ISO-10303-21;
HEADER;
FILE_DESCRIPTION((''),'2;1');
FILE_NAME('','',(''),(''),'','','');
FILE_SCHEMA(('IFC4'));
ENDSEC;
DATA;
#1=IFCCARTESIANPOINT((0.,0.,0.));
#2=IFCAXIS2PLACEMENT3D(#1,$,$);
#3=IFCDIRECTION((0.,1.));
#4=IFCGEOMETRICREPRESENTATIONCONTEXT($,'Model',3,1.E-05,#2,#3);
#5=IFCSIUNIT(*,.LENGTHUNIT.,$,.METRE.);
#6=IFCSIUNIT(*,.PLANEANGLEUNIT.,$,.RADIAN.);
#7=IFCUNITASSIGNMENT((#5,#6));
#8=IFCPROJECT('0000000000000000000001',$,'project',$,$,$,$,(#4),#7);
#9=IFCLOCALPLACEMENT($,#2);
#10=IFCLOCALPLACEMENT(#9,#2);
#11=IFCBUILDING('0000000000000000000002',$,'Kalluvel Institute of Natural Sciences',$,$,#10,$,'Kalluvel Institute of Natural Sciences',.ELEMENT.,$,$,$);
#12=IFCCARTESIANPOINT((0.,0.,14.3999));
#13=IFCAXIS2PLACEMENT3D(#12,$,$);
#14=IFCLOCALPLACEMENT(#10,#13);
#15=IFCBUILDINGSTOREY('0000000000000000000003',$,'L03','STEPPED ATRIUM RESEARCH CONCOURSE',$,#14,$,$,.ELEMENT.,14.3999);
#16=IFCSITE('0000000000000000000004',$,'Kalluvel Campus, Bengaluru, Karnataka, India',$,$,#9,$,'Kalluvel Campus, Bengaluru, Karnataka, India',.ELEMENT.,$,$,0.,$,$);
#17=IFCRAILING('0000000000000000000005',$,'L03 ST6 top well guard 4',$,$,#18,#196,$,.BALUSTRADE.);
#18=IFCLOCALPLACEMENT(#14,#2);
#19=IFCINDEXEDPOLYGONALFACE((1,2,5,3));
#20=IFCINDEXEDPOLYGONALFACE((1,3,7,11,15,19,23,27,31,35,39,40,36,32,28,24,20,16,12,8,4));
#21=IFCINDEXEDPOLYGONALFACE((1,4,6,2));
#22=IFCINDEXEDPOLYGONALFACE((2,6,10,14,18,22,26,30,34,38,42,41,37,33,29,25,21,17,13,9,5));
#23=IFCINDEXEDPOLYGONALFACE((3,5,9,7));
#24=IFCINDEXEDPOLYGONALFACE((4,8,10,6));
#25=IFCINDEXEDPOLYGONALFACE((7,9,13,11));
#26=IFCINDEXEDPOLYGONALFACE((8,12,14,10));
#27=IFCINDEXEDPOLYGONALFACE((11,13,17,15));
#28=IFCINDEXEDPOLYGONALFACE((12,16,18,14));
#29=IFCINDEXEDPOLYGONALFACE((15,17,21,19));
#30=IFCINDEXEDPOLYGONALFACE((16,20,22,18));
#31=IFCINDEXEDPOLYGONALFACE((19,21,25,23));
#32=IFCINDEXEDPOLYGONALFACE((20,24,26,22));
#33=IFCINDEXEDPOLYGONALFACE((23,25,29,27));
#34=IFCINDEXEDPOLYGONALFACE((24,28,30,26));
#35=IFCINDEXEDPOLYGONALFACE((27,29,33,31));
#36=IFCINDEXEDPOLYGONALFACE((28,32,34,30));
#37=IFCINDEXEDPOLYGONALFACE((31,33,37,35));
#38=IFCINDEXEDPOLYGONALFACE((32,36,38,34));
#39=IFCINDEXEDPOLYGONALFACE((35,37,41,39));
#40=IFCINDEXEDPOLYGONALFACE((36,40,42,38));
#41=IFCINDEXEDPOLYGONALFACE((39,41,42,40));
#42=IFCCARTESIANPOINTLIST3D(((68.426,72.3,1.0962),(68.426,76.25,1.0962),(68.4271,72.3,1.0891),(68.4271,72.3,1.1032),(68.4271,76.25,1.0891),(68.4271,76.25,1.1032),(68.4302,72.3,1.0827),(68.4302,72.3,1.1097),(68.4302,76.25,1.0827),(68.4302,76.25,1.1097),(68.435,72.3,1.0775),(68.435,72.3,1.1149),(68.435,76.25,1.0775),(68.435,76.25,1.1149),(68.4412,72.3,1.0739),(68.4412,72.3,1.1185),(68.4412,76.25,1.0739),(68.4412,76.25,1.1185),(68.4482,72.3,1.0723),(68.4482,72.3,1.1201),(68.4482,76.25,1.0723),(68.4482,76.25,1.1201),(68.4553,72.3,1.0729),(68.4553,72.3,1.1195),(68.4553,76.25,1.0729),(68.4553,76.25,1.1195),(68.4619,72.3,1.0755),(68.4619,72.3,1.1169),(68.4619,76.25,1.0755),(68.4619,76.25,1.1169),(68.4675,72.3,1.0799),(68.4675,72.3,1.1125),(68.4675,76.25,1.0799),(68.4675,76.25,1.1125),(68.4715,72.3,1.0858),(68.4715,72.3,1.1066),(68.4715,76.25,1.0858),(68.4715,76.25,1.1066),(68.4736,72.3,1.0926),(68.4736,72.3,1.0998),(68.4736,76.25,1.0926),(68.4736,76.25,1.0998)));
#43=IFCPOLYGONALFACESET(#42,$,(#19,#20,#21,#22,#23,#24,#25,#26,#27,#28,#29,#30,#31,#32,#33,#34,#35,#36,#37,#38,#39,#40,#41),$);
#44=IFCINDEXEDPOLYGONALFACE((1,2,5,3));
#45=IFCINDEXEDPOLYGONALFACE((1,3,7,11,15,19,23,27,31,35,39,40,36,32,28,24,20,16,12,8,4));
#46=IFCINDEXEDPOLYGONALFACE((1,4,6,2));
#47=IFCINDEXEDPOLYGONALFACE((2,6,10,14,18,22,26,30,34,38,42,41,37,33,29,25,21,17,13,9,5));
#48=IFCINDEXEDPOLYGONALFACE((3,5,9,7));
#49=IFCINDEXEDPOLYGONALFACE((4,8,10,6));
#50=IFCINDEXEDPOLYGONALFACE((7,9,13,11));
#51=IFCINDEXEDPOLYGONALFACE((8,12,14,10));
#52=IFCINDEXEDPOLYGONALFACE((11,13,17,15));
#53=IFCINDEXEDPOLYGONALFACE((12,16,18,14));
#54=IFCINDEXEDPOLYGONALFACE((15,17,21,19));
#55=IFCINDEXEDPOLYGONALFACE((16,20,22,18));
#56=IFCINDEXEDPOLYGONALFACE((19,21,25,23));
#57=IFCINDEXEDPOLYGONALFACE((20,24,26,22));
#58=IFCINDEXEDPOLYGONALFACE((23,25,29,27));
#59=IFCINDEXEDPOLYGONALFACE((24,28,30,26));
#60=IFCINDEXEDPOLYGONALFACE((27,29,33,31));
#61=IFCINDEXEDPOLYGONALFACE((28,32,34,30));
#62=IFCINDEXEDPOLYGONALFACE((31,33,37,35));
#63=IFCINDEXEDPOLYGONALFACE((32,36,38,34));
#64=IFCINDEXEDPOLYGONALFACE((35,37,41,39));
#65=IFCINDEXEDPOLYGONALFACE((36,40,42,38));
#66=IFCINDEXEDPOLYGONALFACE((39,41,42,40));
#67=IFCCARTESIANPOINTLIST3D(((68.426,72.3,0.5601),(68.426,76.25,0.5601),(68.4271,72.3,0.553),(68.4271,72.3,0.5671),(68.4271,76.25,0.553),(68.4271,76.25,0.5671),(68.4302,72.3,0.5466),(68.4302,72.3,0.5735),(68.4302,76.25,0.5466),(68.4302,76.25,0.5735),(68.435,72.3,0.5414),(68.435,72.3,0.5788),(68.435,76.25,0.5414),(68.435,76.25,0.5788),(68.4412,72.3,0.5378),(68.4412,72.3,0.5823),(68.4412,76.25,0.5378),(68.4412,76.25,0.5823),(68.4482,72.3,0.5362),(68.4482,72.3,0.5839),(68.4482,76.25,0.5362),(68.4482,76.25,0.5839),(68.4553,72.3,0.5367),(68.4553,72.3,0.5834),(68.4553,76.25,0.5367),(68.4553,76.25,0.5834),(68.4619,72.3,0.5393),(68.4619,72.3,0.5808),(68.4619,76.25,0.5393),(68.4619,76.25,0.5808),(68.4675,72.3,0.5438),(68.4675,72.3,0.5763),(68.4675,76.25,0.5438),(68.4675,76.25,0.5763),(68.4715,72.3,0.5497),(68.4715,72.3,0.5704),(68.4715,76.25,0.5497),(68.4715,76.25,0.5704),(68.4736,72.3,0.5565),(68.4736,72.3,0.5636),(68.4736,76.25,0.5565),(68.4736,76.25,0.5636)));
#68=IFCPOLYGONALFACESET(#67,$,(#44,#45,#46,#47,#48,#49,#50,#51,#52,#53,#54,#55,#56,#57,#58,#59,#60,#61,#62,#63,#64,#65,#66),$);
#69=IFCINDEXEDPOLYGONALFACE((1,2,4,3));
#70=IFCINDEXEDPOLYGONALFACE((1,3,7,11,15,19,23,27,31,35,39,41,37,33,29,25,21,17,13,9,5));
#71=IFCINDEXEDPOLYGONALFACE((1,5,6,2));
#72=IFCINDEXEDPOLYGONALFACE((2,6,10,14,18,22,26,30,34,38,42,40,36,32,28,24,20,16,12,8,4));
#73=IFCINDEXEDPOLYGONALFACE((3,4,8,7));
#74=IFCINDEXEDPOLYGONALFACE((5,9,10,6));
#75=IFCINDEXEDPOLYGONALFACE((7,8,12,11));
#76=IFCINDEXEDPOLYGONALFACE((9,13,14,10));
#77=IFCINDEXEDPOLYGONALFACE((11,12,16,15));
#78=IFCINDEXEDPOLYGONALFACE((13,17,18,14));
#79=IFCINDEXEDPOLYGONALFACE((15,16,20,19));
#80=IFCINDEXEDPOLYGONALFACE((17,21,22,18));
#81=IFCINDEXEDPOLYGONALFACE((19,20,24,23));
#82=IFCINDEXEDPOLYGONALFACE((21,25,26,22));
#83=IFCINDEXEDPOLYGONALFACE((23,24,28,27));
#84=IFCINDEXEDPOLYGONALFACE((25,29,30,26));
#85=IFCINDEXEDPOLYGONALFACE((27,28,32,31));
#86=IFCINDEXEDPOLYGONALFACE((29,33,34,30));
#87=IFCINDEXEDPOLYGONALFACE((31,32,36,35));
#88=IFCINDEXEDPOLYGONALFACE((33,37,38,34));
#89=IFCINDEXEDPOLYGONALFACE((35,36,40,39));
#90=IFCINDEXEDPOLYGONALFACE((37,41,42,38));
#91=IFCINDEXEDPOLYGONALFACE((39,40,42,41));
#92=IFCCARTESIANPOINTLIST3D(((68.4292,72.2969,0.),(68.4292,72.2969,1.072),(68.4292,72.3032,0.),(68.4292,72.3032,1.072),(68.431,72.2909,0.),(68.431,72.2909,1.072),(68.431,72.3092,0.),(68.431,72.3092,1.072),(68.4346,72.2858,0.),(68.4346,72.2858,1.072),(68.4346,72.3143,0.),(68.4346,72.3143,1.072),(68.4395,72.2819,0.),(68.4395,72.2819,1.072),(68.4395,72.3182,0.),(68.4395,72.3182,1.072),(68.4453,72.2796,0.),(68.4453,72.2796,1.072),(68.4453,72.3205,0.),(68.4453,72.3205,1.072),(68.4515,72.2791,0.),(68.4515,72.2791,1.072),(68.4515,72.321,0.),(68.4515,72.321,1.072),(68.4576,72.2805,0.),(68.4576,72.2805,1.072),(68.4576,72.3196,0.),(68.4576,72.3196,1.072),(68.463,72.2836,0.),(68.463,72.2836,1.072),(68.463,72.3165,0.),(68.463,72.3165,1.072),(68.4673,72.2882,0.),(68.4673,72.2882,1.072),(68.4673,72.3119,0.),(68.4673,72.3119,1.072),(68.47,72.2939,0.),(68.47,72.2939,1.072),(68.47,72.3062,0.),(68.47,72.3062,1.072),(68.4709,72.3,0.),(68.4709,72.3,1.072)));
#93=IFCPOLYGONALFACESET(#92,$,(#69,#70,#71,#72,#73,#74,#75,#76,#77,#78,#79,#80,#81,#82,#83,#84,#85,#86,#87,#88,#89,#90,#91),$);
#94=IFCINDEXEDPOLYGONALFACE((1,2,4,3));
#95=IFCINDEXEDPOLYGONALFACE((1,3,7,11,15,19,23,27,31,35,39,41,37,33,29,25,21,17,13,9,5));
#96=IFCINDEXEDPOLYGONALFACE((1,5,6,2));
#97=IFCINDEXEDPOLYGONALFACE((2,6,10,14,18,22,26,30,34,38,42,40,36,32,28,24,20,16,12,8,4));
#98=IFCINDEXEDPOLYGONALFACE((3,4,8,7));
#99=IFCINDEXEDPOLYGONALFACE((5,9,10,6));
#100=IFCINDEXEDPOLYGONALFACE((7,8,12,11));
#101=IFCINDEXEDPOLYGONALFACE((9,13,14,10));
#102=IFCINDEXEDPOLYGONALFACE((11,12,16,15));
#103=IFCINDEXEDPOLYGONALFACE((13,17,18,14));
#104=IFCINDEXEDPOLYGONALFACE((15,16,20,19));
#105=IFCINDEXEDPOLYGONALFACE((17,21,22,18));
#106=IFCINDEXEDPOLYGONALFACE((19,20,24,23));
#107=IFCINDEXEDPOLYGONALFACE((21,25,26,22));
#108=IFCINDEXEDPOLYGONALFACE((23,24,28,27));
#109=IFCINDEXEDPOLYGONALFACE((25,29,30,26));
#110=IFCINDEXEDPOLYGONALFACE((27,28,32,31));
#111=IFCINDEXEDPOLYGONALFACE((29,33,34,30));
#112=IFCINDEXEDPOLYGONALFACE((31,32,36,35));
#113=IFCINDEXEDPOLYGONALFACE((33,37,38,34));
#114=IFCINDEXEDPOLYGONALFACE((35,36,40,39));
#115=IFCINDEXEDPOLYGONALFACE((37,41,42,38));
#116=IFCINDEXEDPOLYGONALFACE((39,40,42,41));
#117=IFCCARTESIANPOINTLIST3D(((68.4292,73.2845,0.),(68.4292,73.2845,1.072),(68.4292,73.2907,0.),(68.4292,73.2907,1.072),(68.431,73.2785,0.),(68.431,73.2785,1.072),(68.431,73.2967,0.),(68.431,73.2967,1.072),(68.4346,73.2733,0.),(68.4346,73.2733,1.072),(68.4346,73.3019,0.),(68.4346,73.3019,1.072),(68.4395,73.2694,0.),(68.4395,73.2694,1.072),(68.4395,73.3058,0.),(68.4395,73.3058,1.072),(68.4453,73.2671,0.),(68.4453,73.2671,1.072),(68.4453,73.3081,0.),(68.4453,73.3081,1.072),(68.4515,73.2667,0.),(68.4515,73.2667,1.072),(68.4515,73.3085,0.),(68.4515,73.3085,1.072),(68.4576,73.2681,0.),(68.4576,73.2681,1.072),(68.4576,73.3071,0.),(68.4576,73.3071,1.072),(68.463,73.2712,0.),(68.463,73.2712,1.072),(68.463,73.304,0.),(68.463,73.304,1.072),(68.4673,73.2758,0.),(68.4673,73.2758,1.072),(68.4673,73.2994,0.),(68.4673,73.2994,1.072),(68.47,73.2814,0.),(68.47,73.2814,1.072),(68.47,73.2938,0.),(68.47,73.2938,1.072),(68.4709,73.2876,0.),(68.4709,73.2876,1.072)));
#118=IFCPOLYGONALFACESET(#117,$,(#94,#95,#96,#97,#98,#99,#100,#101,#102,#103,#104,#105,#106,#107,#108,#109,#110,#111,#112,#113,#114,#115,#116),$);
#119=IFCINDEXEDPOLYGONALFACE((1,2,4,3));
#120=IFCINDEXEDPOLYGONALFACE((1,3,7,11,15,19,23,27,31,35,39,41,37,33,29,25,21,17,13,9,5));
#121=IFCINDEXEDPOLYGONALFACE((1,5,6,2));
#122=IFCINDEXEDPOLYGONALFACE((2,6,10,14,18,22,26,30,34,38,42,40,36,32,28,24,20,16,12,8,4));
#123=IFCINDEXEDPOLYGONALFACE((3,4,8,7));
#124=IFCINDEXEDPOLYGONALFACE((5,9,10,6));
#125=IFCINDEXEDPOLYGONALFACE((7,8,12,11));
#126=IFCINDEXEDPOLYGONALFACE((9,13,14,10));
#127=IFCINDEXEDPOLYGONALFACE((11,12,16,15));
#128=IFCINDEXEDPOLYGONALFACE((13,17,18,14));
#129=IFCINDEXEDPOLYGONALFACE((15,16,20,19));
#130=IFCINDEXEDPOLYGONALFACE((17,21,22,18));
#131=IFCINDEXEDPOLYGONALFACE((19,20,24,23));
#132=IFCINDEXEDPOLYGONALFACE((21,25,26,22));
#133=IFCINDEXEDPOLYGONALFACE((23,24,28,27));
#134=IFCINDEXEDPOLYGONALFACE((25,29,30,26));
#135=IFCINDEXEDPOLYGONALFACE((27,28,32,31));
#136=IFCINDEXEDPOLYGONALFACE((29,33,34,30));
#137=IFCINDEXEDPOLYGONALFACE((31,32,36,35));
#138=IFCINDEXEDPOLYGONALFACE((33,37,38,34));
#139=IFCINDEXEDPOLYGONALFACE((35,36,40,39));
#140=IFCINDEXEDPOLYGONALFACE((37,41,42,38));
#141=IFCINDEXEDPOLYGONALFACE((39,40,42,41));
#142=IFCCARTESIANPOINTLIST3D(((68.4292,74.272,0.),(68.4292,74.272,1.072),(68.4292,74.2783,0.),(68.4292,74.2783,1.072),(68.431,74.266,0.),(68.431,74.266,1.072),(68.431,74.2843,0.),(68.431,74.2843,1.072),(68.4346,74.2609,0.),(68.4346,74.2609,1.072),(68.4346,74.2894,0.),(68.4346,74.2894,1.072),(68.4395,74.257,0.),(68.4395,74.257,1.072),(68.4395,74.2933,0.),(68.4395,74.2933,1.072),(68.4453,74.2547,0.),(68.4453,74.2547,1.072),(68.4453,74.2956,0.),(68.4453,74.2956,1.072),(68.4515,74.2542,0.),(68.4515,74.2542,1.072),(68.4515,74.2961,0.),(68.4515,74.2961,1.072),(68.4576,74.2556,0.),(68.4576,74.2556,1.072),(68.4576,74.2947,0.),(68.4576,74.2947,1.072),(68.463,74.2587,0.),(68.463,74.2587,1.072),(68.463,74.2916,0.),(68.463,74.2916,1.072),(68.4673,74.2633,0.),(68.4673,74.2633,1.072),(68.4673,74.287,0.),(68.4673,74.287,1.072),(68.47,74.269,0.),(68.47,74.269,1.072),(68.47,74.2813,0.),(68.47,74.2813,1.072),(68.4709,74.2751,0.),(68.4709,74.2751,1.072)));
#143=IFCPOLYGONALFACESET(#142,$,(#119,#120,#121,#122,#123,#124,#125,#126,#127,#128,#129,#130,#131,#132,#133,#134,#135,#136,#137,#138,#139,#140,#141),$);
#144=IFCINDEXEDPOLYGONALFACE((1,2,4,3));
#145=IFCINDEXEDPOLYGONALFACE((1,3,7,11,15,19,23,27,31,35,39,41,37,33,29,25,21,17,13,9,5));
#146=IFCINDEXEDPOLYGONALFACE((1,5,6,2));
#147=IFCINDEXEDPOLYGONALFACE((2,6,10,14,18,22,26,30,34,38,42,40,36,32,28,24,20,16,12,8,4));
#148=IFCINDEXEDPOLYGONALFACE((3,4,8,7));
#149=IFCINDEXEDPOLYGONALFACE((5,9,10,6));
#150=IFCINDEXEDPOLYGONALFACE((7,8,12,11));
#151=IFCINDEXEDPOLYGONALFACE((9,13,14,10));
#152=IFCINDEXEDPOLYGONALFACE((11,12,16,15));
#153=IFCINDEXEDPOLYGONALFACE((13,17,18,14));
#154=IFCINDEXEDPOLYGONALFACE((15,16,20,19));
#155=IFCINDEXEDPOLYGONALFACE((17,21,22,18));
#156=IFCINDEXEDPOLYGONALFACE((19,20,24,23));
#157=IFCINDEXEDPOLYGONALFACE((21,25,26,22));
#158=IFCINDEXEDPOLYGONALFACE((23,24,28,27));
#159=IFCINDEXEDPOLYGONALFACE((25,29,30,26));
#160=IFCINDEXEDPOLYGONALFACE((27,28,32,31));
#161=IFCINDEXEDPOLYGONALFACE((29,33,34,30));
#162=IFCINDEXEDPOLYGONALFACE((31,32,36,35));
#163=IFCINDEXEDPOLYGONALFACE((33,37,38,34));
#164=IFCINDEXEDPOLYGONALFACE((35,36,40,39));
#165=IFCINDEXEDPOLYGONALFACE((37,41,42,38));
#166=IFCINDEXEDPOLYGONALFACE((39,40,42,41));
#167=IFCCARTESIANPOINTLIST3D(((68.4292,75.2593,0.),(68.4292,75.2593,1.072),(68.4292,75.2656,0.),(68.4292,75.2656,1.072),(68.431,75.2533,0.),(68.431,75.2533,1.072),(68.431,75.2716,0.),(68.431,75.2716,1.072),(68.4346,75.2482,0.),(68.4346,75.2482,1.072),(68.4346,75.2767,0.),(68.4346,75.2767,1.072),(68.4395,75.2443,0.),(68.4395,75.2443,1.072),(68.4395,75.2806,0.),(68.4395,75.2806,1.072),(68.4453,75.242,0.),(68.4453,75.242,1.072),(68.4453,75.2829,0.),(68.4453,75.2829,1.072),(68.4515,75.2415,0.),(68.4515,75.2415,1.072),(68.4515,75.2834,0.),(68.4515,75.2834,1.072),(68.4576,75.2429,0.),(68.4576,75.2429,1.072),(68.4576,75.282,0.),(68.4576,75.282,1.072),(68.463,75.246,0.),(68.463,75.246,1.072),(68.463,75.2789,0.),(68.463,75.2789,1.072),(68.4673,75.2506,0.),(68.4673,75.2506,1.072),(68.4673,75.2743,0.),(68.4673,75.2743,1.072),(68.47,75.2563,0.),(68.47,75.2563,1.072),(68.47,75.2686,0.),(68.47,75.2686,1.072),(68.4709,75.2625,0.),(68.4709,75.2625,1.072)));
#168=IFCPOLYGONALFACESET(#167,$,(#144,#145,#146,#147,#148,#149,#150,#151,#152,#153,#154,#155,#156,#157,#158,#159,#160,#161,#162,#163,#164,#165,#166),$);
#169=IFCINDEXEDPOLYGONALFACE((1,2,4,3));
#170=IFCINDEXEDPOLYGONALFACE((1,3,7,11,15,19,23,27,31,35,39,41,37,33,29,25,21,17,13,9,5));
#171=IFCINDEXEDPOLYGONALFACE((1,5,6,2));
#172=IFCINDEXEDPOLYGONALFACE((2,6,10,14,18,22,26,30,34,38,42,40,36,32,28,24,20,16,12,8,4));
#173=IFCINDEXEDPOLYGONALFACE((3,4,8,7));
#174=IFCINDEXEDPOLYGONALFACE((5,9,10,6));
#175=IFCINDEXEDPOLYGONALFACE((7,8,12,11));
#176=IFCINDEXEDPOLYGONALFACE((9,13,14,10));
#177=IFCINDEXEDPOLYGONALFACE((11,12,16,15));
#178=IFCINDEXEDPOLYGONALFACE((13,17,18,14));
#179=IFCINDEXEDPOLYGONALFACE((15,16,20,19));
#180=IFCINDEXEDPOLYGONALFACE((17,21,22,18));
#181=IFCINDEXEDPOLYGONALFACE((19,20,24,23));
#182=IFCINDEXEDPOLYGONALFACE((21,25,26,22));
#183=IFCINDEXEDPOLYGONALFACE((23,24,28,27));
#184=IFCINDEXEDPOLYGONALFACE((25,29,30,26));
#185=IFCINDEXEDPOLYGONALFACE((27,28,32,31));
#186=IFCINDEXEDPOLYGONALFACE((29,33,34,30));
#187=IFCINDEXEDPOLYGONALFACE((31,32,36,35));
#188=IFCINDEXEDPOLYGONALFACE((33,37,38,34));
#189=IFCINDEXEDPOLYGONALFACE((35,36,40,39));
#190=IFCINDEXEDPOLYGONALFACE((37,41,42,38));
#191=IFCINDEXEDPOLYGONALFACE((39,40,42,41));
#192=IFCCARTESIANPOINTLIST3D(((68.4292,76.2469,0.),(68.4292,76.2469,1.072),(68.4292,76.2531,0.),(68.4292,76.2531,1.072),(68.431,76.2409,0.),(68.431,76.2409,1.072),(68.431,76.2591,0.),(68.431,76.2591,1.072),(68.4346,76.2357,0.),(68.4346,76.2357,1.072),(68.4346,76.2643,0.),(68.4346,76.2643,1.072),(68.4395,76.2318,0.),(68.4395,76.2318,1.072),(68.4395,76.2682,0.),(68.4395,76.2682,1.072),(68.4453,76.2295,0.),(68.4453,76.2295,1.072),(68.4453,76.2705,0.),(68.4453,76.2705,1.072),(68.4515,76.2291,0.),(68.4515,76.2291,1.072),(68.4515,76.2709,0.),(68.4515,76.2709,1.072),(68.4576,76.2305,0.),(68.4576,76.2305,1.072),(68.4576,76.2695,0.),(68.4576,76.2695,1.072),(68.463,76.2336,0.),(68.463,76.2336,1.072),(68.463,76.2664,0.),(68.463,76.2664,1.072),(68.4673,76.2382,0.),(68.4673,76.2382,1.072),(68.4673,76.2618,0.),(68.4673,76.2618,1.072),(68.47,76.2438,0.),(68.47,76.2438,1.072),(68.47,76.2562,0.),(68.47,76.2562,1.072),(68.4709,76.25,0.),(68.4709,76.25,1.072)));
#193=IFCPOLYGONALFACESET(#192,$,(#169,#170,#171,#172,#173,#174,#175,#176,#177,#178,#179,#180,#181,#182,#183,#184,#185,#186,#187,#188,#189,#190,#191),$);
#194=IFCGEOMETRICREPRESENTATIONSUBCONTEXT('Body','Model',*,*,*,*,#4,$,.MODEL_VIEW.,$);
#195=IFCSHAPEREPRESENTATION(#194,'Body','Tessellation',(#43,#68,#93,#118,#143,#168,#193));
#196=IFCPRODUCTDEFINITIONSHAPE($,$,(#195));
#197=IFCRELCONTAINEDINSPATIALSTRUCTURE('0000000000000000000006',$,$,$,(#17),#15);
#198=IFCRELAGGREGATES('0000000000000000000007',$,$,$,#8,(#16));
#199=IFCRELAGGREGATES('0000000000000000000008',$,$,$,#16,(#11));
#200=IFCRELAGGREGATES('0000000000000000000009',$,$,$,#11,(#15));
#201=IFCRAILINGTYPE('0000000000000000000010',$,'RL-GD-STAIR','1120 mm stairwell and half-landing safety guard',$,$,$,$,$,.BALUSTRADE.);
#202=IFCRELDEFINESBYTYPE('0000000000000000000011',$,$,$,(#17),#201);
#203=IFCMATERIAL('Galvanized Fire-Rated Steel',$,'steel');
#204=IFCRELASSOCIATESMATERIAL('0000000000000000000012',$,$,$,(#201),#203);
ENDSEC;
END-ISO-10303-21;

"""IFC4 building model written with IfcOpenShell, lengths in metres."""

from ifc_helpers import new_model, si_unit, direction, frame, origin, origin_2d, place, context, subcontext, project, spatial, circle, extrude, material, type_object, element, save


model = new_model("IFC4")

# Units and contexts
model_context = context("Model", 3, precision=1e-05, world=origin(), true_north=direction((0.0, 1.0)))
body_context = subcontext(model_context, "Body", "Model", "MODEL_VIEW")
ifc_project = project(units=[si_unit("LENGTHUNIT", "METRE"), si_unit("PLANEANGLEUNIT", "RADIAN")], contexts=[model_context])

# Site, building, storey
site_placement = place(None, origin())
site = spatial("IfcSite", under=ifc_project, at=site_placement, Name="Kalluvel Campus, Bengaluru, Karnataka, India", LongName="Kalluvel Campus, Bengaluru, Karnataka, India", CompositionType="ELEMENT", RefElevation=0.0)
building_placement = place(site_placement, origin())
building = spatial("IfcBuilding", under=site, at=building_placement, Name="Kalluvel Institute of Natural Sciences", LongName="Kalluvel Institute of Natural Sciences", CompositionType="ELEMENT")
storey_placement = place(building_placement, frame((0.0, 0.0, 14.3999)))
storey = spatial("IfcBuildingStorey", under=building, at=storey_placement, Name="L03", Description="STEPPED ATRIUM RESEARCH CONCOURSE", CompositionType="ELEMENT", Elevation=14.3999)

# Railing
ifc_material_1 = material(Name="Galvanized Fire-Rated Steel", Category="steel")
railing_type = type_object("IfcRailingType", Name="RL-GD-STAIR", Description="1120 mm stairwell and half-landing safety guard", PredefinedType="BALUSTRADE", material=ifc_material_1)
railing_placement = place(storey_placement, frame((68.45, 72.3, 0.0)))
element("IfcRailing", 1, at=railing_placement, inside=storey, type_object=railing_type, Name="L03 ST6 top well guard 4", PredefinedType="BALUSTRADE", context=body_context, shape_type="SweptSolid", body=[
    extrude(circle(Radius=0.0239, at=origin_2d()), frame((0.0, 0.0, 1.0962), z_axis=(0.0, 1.0, 0.0), x_axis=(-1.0, 0.0, 0.0)), (0.0, 0.0, 1.0), 3.95),
    extrude(circle(Radius=0.0239, at=origin_2d()), frame((0.0, 0.0, 0.5601), z_axis=(0.0, 1.0, 0.0), x_axis=(-1.0, 0.0, 0.0)), (0.0, 0.0, 1.0), 3.95),
    extrude(circle(Radius=0.021, at=origin_2d()), origin(), (0.0, 0.0, 1.0), 1.072),
    extrude(circle(Radius=0.021, at=origin_2d()), frame((0.0, 0.9875, 0.0)), (0.0, 0.0, 1.0), 1.072),
    extrude(circle(Radius=0.021, at=origin_2d()), frame((0.0, 1.9751, 0.0)), (0.0, 0.0, 1.0), 1.072),
    extrude(circle(Radius=0.021, at=origin_2d()), frame((0.0, 2.9624, 0.0)), (0.0, 0.0, 1.0), 1.072),
    extrude(circle(Radius=0.021, at=origin_2d()), frame((0.0, 3.95, 0.0)), (0.0, 0.0, 1.0), 1.072),
])

save(model, "model.ifc")
